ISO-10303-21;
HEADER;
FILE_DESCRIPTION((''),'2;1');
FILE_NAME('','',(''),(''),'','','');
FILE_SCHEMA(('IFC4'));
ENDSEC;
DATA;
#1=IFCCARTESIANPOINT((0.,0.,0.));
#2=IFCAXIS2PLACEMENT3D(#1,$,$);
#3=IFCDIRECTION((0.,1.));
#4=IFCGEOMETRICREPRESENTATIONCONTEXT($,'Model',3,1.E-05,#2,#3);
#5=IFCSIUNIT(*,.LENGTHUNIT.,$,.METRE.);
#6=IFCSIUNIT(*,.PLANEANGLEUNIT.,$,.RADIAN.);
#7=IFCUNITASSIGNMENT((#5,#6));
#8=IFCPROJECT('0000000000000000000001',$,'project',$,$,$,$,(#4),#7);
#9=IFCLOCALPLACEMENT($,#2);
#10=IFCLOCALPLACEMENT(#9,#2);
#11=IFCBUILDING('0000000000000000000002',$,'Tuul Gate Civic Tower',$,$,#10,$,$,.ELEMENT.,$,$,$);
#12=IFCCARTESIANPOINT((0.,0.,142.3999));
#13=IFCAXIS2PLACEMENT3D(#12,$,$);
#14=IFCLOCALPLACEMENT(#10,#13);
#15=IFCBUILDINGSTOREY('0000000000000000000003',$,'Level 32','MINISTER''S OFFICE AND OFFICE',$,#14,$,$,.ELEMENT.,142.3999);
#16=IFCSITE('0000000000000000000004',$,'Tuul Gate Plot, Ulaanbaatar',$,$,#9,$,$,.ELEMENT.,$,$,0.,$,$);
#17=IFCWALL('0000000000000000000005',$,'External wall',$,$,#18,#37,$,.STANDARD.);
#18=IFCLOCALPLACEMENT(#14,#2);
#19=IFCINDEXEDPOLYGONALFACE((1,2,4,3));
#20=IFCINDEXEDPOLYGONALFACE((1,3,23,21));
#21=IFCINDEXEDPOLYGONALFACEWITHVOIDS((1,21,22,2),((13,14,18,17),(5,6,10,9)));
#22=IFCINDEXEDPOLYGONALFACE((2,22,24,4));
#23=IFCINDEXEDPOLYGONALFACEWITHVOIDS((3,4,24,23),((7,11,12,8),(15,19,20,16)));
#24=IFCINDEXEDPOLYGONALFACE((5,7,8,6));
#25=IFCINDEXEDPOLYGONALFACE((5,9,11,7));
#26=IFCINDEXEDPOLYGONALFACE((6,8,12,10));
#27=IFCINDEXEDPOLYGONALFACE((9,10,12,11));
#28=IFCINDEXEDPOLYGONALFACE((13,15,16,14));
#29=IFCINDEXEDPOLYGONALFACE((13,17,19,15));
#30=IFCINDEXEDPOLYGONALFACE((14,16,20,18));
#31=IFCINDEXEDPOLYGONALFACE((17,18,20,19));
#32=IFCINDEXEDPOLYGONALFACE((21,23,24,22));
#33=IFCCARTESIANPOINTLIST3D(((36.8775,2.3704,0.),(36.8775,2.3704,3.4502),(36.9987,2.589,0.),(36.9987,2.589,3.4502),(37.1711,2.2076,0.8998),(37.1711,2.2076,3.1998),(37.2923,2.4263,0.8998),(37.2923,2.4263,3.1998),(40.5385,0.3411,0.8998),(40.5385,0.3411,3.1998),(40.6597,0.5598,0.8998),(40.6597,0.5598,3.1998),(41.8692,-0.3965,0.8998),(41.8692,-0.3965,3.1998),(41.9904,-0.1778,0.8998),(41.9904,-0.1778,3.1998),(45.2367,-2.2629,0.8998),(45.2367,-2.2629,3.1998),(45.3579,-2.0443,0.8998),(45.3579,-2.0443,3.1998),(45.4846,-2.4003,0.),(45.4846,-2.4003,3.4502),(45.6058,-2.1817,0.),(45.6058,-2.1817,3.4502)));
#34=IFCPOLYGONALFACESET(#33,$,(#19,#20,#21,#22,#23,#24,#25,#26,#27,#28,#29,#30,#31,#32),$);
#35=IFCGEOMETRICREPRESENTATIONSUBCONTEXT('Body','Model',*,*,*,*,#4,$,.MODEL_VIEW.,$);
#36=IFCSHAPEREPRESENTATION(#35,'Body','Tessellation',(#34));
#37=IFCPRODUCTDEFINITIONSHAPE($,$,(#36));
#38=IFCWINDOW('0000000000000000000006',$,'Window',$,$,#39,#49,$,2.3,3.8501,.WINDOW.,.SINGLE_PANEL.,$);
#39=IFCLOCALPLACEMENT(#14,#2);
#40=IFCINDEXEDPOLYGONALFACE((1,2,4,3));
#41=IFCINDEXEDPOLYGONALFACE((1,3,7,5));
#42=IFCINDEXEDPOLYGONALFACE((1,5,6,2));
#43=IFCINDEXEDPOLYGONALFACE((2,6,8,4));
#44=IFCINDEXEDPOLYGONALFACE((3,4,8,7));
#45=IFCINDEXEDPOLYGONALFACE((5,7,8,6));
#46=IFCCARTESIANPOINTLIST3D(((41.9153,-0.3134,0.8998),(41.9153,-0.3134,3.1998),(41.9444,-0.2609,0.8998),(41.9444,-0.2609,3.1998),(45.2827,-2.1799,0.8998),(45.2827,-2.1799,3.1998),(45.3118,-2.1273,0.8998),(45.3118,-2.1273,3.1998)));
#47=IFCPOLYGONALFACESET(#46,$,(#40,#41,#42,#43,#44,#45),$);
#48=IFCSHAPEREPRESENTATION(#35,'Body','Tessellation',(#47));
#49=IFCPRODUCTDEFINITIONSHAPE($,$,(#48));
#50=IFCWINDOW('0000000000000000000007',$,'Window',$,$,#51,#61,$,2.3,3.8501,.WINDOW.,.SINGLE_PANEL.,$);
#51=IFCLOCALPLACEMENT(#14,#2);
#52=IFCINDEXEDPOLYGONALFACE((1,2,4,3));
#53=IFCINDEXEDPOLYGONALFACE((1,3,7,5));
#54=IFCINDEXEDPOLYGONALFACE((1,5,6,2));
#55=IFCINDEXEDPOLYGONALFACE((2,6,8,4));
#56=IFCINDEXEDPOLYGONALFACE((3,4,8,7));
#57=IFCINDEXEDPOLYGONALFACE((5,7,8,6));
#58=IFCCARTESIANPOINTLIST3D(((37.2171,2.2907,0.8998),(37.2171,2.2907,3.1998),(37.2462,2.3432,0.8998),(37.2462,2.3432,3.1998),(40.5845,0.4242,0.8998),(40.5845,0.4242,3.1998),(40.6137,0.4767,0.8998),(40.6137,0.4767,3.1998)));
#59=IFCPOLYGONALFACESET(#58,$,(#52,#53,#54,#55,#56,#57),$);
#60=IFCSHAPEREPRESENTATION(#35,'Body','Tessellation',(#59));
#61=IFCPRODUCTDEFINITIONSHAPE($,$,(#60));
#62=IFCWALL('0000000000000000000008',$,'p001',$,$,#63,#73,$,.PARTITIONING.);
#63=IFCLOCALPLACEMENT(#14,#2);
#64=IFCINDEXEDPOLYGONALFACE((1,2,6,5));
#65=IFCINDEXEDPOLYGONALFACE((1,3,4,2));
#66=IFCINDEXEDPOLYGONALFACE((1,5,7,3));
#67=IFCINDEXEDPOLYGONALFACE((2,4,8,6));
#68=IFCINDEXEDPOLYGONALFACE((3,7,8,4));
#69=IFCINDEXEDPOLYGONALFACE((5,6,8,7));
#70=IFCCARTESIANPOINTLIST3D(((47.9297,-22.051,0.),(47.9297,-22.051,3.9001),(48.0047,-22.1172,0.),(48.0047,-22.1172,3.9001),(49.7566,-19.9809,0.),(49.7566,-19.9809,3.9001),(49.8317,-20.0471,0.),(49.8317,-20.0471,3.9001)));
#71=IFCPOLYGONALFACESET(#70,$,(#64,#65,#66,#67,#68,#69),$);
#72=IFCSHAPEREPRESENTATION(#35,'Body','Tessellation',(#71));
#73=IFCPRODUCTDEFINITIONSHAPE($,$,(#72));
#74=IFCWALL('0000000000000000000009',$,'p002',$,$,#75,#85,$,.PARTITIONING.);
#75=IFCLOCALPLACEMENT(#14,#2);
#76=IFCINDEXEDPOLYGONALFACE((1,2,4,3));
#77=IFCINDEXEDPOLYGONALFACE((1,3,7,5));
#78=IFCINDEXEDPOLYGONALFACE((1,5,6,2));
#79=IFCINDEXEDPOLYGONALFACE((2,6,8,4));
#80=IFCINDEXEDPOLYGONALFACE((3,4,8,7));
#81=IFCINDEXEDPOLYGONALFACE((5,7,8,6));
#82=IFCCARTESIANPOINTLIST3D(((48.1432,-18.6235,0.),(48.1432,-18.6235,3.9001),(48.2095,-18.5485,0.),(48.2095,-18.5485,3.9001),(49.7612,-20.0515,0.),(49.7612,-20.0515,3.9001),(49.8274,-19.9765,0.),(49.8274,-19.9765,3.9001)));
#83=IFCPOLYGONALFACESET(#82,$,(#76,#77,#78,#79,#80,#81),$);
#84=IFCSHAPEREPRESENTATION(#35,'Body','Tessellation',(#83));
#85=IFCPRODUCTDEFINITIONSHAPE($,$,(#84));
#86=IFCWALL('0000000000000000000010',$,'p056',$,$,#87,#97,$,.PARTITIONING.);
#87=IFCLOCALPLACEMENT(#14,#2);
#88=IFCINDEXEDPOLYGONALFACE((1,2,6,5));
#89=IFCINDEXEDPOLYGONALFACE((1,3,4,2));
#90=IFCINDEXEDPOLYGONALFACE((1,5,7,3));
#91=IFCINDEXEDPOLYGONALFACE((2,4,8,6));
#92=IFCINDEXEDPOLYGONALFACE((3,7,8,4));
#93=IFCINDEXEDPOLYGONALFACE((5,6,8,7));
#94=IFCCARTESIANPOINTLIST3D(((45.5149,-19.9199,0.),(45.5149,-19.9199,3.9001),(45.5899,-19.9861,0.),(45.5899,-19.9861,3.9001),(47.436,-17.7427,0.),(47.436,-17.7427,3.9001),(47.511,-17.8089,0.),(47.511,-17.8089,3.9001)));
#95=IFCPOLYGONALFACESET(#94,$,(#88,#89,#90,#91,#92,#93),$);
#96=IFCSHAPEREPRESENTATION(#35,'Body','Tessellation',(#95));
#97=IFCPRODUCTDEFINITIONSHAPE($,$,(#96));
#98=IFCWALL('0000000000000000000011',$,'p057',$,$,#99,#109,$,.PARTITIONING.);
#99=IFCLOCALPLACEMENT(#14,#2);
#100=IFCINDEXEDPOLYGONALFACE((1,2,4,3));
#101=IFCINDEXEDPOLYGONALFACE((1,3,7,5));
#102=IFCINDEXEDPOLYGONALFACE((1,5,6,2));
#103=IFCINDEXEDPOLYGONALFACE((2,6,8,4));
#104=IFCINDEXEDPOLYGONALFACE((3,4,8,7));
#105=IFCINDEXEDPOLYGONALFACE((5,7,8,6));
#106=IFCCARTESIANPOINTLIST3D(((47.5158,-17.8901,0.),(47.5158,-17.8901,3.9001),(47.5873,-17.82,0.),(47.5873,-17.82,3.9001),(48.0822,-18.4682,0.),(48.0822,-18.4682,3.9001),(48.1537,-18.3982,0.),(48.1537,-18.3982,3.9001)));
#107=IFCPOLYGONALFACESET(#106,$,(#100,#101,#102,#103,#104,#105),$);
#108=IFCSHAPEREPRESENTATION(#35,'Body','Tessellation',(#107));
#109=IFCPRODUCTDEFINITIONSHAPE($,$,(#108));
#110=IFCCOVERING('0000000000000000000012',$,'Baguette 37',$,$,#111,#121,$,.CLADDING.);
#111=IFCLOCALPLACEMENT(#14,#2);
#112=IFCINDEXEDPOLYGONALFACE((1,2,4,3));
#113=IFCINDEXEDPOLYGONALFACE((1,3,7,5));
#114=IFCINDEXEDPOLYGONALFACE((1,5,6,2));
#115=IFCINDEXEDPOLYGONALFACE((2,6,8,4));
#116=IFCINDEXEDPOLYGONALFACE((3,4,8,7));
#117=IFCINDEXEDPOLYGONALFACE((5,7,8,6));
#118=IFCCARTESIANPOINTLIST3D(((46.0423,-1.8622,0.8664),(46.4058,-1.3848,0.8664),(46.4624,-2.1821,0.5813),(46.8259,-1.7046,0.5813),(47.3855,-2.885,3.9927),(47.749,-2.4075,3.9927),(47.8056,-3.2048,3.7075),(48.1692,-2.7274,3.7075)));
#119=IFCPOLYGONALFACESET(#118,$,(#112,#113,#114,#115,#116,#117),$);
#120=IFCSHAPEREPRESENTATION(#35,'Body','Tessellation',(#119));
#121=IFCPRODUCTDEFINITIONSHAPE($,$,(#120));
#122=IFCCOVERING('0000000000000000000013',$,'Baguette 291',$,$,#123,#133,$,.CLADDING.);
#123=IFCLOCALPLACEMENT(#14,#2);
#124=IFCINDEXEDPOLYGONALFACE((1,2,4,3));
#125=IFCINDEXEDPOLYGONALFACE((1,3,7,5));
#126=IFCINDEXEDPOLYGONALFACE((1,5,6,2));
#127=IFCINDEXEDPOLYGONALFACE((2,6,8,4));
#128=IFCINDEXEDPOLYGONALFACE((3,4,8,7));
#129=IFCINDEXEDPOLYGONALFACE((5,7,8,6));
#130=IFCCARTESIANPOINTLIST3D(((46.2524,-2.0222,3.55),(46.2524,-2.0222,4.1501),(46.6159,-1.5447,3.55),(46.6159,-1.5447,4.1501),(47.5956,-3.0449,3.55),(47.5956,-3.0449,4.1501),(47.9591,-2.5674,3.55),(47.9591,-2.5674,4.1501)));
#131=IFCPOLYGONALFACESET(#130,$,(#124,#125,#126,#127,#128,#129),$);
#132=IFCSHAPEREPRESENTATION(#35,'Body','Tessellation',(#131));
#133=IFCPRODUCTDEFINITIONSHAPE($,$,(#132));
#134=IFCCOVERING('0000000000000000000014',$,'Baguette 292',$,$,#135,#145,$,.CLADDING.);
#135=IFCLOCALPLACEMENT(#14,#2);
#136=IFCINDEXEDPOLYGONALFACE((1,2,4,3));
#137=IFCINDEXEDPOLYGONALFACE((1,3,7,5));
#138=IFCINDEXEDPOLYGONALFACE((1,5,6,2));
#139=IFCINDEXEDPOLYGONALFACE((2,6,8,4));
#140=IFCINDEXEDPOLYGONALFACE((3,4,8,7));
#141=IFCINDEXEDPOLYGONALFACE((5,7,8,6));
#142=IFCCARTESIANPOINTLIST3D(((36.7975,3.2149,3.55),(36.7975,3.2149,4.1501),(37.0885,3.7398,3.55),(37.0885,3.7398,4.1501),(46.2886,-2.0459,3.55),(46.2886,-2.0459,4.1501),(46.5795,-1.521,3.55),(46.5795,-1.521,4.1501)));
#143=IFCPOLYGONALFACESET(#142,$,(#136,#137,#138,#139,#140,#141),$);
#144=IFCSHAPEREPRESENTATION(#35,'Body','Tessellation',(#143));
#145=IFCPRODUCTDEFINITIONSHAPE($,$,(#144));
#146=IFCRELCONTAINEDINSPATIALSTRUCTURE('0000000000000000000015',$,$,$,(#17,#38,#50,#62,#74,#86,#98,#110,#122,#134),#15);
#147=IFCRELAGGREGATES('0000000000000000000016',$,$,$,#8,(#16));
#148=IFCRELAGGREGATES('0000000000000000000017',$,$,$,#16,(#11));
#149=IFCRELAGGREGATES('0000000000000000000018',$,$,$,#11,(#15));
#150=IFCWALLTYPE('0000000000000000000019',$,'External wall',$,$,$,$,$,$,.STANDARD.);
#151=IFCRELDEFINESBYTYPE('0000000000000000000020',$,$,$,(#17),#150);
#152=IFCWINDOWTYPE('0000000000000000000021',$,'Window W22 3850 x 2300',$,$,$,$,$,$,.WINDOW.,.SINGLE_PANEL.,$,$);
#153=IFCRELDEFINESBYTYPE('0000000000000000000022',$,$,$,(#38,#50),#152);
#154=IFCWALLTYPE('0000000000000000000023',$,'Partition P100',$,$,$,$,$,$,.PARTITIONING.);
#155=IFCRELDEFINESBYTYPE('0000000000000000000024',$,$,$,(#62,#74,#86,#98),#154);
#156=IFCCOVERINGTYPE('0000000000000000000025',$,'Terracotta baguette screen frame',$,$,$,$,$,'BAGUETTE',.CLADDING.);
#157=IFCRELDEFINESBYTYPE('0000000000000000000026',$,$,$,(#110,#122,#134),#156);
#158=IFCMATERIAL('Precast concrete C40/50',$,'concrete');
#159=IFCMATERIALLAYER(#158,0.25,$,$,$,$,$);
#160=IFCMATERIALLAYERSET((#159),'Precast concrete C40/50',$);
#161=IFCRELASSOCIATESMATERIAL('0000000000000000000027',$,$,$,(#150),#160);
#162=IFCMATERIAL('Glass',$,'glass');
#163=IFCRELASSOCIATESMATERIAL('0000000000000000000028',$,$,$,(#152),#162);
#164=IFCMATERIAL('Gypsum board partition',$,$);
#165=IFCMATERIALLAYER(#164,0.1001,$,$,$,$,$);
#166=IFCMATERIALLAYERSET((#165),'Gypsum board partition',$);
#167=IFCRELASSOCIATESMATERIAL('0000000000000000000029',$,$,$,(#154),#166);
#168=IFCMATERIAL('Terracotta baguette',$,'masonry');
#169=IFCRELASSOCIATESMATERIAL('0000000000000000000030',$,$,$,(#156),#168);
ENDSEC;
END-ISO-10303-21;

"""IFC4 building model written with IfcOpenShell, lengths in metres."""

from ifc_helpers import new_model, si_unit, direction, frame, frame_2d, origin, origin_2d, place, context, subcontext, project, spatial, rectangle, extrude, material, layer, layer_set, material_profile, profile_set, type_object, element, fill, save


model = new_model("IFC4")

# Units and contexts
model_context = context("Model", 3, precision=1e-05, world=origin(), true_north=direction((0.0, 1.0)))
body_context = subcontext(model_context, "Body", "Model", "MODEL_VIEW")
ifc_project = project(units=[si_unit("LENGTHUNIT", "METRE"), si_unit("PLANEANGLEUNIT", "RADIAN")], contexts=[model_context])

# Site, building, storey
site_placement = place(None, origin())
site = spatial("IfcSite", under=ifc_project, at=site_placement, Name="Tuul Gate Plot, Ulaanbaatar", CompositionType="ELEMENT", RefElevation=0.0)
building_placement = place(site_placement, origin())
building = spatial("IfcBuilding", under=site, at=building_placement, Name="Tuul Gate Civic Tower", CompositionType="ELEMENT")
storey_placement = place(building_placement, frame((0.0, 0.0, 142.3999)))
storey = spatial("IfcBuildingStorey", under=building, at=storey_placement, Name="Level 32", Description="MINISTER'S OFFICE AND OFFICE", CompositionType="ELEMENT", Elevation=142.3999)

# Wall, openings, windows
ifc_material_1 = material(Name="Precast concrete C40/50", Category="concrete")
ifc_layer_1 = layer(ifc_material_1, 0.25)
ifc_layer_set_1 = layer_set([ifc_layer_1], Name="Precast concrete C40/50")
wall_type_1 = type_object("IfcWallType", Name="External wall", PredefinedType="STANDARD", material=ifc_layer_set_1)
wall_1_placement = place(storey_placement, frame((45.5452, -2.291, 0.0), z_axis=(0.0, 0.0, 1.0), x_axis=(-0.874632, 0.484787, 0.0)))
wall_1 = element("IfcWall", 1, at=wall_1_placement, inside=storey, type_object=wall_type_1, Name="External wall", PredefinedType="STANDARD", context=body_context, shape_type="SweptSolid", body=[
    extrude(rectangle(XDim=9.8408, YDim=0.25, at=frame_2d((4.9204, 0.0))), origin(), (0.0, 0.0, 1.0), 3.4502),
])
opening_1_placement = place(wall_1_placement, frame((0.2834, 0.0, 0.8999)))
opening_1 = element("IfcOpeningElement", 2, at=opening_1_placement, cuts=wall_1, PredefinedType="OPENING", context=body_context, shape_type="SweptSolid", body=[
    extrude(rectangle(XDim=3.8501, YDim=2.3, at=frame_2d((1.925, 1.1499))), frame((0.0, 0.135, 0.0), z_axis=(0.0, -1.0, 0.0), x_axis=(1.0, 0.0, 0.0)), (0.0, 0.0, 1.0), 0.27),
])
opening_2_placement = place(wall_1_placement, frame((5.655, 0.0, 0.8999)))
opening_2 = element("IfcOpeningElement", 3, at=opening_2_placement, cuts=wall_1, PredefinedType="OPENING", context=body_context, shape_type="SweptSolid", body=[
    extrude(rectangle(XDim=3.8501, YDim=2.3, at=frame_2d((1.925, 1.1499))), frame((0.0, 0.135, 0.0), z_axis=(0.0, -1.0, 0.0), x_axis=(1.0, 0.0, 0.0)), (0.0, 0.0, 1.0), 0.27),
])
ifc_material_2 = material(Name="Glass", Category="glass")
window_type = type_object("IfcWindowType", Name="Window W22 3850 x 2300", PartitioningType="SINGLE_PANEL", PredefinedType="WINDOW", material=ifc_material_2)
window_1_placement = place(opening_1_placement, origin())
window_1 = element("IfcWindow", 4, at=window_1_placement, inside=storey, type_object=window_type, Name="Window", OverallHeight=2.3, OverallWidth=3.8501, PartitioningType="SINGLE_PANEL", PredefinedType="WINDOW", context=body_context, shape_type="SweptSolid", body=[
    extrude(rectangle(XDim=3.8501, YDim=2.3, at=frame_2d((1.925, 1.1499))), frame((0.0, 0.03, 0.0), z_axis=(0.0, -1.0, 0.0), x_axis=(1.0, 0.0, 0.0)), (0.0, 0.0, 1.0), 0.0601),
])
fill(opening_1, window_1)
window_2_placement = place(opening_2_placement, origin())
window_2 = element("IfcWindow", 5, at=window_2_placement, inside=storey, type_object=window_type, Name="Window", OverallHeight=2.3, OverallWidth=3.8501, PartitioningType="SINGLE_PANEL", PredefinedType="WINDOW", context=body_context, shape_type="SweptSolid", body=[
    extrude(rectangle(XDim=3.8501, YDim=2.3, at=frame_2d((1.925, 1.1499))), frame((0.0, 0.03, 0.0), z_axis=(0.0, -1.0, 0.0), x_axis=(1.0, 0.0, 0.0)), (0.0, 0.0, 1.0), 0.0601),
])
fill(opening_2, window_2)

# Walls
ifc_material_3 = material(Name="Gypsum board partition")
ifc_layer_2 = layer(ifc_material_3, 0.1001)
ifc_layer_set_2 = layer_set([ifc_layer_2], Name="Gypsum board partition")
wall_type_2 = type_object("IfcWallType", Name="Partition P100", PredefinedType="PARTITIONING", material=ifc_layer_set_2)
wall_2_placement = place(storey_placement, frame((47.9673, -22.084, 0.0), z_axis=(0.0, 0.0, 1.0), x_axis=(0.661698, 0.749771, 0.0)))
element("IfcWall", 6, at=wall_2_placement, inside=storey, type_object=wall_type_2, Name="p001", PredefinedType="PARTITIONING", context=body_context, shape_type="SweptSolid", body=[
    extrude(rectangle(XDim=2.761, YDim=0.1001, at=frame_2d((1.3804, 0.0))), origin(), (0.0, 0.0, 1.0), 3.9001),
])
wall_3_placement = place(storey_placement, frame((48.1763, -18.5859, 0.0), z_axis=(0.0, 0.0, 1.0), x_axis=(0.749745, -0.661726, 0.0)))
element("IfcWall", 7, at=wall_3_placement, inside=storey, type_object=wall_type_2, Name="p002", PredefinedType="PARTITIONING", context=body_context, shape_type="SweptSolid", body=[
    extrude(rectangle(XDim=2.158, YDim=0.1001, at=frame_2d((1.0791, 0.0))), origin(), (0.0, 0.0, 1.0), 3.9001),
])
wall_4_placement = place(storey_placement, frame((45.5525, -19.9529, 0.0), z_axis=(0.0, 0.0, 1.0), x_axis=(0.66163, 0.74983, 0.0)))
element("IfcWall", 8, at=wall_4_placement, inside=storey, type_object=wall_type_2, Name="p056", PredefinedType="PARTITIONING", context=body_context, shape_type="SweptSolid", body=[
    extrude(rectangle(XDim=2.9036, YDim=0.1001, at=frame_2d((1.4517, 0.0))), origin(), (0.0, 0.0, 1.0), 3.9001),
])
wall_5_placement = place(storey_placement, frame((47.5515, -17.855, 0.0), z_axis=(0.0, 0.0, 1.0), x_axis=(0.69983, -0.714309, 0.0)))
element("IfcWall", 9, at=wall_5_placement, inside=storey, type_object=wall_type_2, Name="p057", PredefinedType="PARTITIONING", context=body_context, shape_type="SweptSolid", body=[
    extrude(rectangle(XDim=0.8093, YDim=0.1001, at=frame_2d((0.4048, 0.0))), origin(), (0.0, 0.0, 1.0), 3.9001),
])

# Coverings
ifc_material_4 = material(Name="Terracotta baguette", Category="masonry")
ifc_material_profile_1 = material_profile(ifc_material_4, rectangle(XDim=0.6001, YDim=0.6001, at=origin_2d()), Name="Terracotta baguette screen frame")
ifc_profile_set_1 = profile_set([ifc_material_profile_1], Name="Terracotta baguette")
covering_type = type_object("IfcCoveringType", Name="Terracotta baguette screen frame", ElementType="BAGUETTE", PredefinedType="CLADDING", material=ifc_profile_set_1)
covering_1_placement = place(storey_placement, frame((47.7773, -2.8062, 3.8501), z_axis=(-0.378068, 0.287846, -0.879892), x_axis=(-0.605769, -0.795641, 0.0)))
element("IfcCovering", 10, at=covering_1_placement, inside=storey, type_object=covering_type, Name="Baguette 37", PredefinedType="CLADDING", context=body_context, shape_type="SweptSolid", body=[
    extrude(rectangle(XDim=0.6001, YDim=0.6001, at=origin_2d()), origin(), (0.0, 0.0, 1.0), 3.553),
])
covering_2_placement = place(storey_placement, frame((47.7773, -2.8062, 3.8501), z_axis=(-0.795641, 0.605769, 0.0), x_axis=(-0.605769, -0.795641, 0.0)))
element("IfcCovering", 11, at=covering_2_placement, inside=storey, type_object=covering_type, Name="Baguette 291", PredefinedType="CLADDING", context=body_context, shape_type="SweptSolid", body=[
    extrude(rectangle(XDim=0.6001, YDim=0.6001, at=origin_2d()), origin(), (0.0, 0.0, 1.0), 1.6882),
])
covering_3_placement = place(storey_placement, frame((46.4341, -1.7834, 3.8501), z_axis=(-0.874627, 0.484796, 0.0), x_axis=(-0.484796, -0.874627, 0.0)))
element("IfcCovering", 12, at=covering_3_placement, inside=storey, type_object=covering_type, Name="Baguette 292", PredefinedType="CLADDING", context=body_context, shape_type="SweptSolid", body=[
    extrude(rectangle(XDim=0.6001, YDim=0.6001, at=origin_2d()), origin(), (0.0, 0.0, 1.0), 10.8516),
])

save(model, "model.ifc")
